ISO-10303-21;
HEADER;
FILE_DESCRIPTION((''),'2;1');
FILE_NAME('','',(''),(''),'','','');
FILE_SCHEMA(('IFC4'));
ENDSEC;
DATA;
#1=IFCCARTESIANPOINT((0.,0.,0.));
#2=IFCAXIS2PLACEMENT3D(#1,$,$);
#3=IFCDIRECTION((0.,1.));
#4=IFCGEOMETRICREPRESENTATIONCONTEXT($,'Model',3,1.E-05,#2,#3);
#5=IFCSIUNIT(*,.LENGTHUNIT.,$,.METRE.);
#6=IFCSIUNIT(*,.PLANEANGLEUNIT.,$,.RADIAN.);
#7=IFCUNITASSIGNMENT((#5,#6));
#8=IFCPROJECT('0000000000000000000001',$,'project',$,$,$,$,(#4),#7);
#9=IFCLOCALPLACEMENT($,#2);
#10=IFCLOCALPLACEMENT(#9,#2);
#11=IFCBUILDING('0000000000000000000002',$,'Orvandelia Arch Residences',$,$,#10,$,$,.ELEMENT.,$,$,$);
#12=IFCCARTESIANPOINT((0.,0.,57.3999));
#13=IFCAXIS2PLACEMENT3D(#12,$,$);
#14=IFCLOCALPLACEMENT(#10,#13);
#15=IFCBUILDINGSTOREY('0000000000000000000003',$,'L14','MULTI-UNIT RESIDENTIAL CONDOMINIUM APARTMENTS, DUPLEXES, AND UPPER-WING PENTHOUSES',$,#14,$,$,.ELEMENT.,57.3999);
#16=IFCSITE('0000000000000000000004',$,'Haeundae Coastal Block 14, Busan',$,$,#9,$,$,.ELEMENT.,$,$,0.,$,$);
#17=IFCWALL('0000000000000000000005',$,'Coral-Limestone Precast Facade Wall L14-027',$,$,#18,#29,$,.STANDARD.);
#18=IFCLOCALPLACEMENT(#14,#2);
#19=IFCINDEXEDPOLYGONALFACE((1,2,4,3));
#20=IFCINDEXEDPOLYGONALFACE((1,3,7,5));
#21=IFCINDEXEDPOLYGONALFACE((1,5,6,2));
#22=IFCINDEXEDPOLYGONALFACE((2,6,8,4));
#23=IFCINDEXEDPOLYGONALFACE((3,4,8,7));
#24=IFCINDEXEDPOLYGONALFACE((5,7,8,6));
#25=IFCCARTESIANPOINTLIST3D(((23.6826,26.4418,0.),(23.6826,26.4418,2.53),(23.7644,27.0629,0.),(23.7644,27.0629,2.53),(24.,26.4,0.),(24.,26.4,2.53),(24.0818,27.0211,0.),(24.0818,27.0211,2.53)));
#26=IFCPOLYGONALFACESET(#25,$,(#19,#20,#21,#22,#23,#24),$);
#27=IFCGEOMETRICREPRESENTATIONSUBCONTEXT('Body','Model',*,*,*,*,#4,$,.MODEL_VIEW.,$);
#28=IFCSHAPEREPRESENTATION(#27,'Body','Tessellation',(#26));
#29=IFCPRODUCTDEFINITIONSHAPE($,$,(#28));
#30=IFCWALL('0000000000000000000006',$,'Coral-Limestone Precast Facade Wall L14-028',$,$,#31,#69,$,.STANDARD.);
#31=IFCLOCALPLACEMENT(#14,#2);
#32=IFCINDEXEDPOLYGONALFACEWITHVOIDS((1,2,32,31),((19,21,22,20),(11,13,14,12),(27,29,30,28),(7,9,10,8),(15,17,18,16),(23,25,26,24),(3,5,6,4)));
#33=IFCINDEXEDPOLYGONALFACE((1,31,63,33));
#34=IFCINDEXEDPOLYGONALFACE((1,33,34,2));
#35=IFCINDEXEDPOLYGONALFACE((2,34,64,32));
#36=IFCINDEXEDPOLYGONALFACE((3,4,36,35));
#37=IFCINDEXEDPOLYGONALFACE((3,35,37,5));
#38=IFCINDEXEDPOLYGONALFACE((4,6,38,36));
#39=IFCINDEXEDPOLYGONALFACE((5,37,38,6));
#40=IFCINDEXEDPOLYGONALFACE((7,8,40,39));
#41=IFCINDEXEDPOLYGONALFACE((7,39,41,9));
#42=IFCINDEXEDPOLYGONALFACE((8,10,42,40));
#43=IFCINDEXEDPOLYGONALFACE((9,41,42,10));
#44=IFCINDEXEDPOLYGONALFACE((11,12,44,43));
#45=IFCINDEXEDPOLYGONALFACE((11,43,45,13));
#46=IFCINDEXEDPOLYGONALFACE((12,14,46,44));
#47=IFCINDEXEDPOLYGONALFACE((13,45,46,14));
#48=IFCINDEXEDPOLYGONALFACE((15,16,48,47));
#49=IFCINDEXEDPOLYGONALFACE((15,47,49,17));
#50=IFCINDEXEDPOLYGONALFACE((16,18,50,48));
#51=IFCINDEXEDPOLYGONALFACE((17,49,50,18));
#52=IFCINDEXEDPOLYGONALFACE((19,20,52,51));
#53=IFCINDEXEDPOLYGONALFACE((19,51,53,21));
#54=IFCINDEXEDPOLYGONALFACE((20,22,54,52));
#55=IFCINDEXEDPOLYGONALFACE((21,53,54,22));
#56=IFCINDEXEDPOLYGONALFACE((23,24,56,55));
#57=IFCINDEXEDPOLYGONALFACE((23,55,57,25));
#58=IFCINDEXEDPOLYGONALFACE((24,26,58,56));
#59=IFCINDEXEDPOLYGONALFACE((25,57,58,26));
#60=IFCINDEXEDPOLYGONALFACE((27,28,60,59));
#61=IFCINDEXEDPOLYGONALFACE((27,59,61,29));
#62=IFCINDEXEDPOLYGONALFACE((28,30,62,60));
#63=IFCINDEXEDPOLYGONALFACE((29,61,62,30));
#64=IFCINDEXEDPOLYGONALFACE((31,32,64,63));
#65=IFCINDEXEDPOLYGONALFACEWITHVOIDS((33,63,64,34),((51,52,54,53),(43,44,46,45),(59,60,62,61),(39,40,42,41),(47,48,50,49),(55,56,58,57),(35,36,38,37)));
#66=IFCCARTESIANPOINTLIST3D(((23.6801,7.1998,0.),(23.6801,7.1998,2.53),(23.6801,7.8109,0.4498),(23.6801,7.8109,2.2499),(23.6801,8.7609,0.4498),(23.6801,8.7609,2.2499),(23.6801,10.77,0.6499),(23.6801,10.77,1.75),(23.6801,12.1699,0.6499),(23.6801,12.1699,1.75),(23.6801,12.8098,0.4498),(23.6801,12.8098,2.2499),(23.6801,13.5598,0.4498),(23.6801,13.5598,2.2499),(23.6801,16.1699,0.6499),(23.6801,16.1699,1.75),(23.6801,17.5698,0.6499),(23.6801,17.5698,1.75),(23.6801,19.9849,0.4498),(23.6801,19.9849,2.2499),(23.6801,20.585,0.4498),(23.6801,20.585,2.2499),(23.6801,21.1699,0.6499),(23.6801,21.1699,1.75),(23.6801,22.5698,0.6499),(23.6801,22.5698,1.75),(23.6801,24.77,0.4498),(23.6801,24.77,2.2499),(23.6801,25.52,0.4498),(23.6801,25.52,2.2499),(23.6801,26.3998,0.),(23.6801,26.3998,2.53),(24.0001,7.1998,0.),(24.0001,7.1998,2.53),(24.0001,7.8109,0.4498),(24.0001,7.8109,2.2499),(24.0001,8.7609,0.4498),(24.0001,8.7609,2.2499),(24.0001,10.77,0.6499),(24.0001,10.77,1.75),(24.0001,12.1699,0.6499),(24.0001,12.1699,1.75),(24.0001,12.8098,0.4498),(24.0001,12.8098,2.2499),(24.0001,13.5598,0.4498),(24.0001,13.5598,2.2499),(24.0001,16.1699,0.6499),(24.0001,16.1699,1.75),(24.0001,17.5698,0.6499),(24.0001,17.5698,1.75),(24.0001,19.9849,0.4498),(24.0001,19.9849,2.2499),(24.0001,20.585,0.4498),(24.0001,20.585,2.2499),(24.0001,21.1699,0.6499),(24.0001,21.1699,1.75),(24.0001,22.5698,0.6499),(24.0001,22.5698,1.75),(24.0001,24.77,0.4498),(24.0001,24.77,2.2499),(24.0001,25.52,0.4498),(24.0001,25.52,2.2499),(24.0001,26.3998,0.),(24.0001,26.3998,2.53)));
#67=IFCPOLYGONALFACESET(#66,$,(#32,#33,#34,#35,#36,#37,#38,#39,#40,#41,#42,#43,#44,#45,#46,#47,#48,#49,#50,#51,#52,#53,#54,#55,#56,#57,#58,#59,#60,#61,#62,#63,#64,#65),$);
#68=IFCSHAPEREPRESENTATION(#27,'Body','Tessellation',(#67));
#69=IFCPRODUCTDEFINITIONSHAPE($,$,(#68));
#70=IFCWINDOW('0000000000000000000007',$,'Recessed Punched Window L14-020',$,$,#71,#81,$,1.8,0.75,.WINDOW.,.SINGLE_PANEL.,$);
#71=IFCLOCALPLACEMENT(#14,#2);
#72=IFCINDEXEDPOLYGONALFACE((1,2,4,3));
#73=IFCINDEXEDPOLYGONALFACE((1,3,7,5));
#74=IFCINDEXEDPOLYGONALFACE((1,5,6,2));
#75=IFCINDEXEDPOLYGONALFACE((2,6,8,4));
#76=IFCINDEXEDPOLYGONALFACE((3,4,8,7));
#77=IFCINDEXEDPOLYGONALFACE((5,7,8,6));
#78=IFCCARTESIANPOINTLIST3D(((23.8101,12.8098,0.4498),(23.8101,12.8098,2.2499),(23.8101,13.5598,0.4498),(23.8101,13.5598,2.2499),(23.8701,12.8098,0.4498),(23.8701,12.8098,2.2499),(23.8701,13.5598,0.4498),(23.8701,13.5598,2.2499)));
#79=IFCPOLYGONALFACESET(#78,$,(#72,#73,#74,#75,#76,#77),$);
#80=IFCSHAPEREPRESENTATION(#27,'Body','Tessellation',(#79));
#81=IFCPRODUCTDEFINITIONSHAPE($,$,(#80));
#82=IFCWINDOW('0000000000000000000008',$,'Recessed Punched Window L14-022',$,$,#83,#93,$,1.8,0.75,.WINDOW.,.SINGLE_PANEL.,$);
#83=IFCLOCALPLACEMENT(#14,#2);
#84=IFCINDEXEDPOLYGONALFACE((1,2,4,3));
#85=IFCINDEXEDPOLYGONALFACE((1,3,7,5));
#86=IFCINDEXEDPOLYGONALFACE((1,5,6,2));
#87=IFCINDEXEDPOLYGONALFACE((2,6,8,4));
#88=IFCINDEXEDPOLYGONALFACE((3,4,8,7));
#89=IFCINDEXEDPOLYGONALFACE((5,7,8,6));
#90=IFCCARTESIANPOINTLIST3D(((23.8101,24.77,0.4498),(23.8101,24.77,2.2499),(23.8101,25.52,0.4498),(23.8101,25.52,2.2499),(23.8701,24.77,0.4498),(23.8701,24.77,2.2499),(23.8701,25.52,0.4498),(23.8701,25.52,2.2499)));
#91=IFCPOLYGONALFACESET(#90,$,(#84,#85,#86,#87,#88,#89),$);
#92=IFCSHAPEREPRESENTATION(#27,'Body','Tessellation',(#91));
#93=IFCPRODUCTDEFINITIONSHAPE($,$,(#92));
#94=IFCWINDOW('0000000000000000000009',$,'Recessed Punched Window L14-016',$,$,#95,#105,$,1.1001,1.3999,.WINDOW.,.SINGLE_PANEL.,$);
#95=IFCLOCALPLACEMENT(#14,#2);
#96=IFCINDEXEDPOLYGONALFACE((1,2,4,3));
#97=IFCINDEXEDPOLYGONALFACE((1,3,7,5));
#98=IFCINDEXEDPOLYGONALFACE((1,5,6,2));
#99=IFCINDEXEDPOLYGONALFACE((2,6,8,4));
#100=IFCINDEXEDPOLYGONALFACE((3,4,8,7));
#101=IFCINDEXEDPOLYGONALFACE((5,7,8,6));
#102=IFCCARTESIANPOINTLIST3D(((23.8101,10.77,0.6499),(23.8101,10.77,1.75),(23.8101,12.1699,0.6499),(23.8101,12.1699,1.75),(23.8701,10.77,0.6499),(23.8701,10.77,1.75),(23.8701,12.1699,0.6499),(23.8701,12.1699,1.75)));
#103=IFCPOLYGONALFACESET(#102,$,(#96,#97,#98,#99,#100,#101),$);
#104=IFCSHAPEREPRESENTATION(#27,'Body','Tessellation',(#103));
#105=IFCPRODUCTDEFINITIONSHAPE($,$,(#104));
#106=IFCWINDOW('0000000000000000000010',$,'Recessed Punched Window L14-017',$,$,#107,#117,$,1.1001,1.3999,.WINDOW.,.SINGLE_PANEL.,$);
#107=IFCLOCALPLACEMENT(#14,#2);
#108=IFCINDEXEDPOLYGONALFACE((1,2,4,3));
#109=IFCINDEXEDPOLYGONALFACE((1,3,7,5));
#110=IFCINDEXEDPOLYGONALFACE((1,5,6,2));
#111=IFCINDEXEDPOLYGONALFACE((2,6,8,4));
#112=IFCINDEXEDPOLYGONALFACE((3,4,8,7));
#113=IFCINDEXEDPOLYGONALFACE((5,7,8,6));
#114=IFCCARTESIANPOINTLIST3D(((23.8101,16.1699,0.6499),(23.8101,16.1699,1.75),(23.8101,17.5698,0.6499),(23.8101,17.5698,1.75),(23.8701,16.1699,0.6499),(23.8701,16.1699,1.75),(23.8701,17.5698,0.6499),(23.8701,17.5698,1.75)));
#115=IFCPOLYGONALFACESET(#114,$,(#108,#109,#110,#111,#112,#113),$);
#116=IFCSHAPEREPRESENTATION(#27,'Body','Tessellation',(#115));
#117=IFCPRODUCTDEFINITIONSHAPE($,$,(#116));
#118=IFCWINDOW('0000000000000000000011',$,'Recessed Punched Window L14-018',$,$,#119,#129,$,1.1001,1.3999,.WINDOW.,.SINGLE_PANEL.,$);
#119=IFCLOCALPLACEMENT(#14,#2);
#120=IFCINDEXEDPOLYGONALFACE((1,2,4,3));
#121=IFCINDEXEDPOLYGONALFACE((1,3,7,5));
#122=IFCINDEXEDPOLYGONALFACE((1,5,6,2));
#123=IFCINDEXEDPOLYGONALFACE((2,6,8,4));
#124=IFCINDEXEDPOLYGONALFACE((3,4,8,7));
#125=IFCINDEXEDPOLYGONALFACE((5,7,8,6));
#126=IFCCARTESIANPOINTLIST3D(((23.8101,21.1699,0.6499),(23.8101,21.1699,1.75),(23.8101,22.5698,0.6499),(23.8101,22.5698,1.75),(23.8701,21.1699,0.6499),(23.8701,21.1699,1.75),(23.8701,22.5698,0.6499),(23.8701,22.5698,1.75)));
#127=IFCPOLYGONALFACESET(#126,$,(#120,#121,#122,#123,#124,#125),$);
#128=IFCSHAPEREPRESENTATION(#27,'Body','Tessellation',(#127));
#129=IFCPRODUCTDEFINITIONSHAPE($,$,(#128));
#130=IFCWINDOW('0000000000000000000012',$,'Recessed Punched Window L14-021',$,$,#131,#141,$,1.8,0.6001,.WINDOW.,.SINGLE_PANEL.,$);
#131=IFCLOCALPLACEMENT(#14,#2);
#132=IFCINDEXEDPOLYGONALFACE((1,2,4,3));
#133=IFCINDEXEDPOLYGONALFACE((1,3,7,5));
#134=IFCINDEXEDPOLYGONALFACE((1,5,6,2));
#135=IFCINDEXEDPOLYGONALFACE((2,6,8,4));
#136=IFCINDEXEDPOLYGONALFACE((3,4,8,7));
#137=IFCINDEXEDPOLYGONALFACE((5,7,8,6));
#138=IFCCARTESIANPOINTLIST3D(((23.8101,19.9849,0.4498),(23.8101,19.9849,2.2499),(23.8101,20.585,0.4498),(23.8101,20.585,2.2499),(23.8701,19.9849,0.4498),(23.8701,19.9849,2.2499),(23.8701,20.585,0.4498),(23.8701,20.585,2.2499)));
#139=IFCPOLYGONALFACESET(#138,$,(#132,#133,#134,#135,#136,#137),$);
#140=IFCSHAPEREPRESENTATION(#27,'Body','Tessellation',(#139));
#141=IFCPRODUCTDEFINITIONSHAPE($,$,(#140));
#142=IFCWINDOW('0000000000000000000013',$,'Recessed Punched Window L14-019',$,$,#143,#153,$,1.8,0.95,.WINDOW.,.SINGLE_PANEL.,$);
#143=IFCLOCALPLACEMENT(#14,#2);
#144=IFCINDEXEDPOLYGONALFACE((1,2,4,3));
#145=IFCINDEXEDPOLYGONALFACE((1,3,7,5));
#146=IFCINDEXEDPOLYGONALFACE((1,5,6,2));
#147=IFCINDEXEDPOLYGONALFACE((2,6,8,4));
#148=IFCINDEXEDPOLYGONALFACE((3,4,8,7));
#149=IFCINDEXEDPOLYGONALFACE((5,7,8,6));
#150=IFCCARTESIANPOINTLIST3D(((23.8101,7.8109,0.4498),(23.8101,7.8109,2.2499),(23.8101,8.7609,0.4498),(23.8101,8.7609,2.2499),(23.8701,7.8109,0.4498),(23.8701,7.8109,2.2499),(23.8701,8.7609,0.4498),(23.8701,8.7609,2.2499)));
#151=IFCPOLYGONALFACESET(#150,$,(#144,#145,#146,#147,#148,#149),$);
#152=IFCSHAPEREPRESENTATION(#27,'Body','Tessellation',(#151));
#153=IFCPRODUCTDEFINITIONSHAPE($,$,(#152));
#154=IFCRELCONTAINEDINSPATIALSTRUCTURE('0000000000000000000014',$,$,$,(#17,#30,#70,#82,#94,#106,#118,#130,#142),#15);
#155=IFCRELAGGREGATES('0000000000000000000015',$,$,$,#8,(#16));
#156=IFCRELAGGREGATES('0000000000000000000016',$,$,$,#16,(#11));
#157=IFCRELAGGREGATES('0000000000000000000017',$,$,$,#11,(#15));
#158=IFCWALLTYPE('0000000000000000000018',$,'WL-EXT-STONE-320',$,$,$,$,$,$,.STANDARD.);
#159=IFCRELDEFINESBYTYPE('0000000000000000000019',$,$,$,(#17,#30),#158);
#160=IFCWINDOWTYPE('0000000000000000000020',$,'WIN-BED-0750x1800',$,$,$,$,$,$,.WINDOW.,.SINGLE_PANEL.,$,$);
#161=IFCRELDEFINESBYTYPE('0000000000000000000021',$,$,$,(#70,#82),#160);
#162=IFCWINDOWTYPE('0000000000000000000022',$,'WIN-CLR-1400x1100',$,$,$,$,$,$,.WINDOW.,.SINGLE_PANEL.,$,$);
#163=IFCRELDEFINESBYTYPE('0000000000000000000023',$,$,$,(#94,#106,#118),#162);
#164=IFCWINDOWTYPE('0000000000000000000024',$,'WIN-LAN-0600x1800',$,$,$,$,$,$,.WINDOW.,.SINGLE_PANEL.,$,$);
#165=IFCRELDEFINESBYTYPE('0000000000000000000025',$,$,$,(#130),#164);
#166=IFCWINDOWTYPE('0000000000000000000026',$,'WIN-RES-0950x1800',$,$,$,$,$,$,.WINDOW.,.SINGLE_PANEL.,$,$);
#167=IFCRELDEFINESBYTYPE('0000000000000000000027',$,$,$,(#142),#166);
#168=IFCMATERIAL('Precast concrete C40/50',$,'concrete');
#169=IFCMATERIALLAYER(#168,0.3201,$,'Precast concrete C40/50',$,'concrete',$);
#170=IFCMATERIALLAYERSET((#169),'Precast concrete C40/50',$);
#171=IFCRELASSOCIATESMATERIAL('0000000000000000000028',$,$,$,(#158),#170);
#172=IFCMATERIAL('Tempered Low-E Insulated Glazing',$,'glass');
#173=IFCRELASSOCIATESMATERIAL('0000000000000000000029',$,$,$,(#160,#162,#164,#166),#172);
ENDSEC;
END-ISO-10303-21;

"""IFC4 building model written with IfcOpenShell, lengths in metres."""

from ifc_helpers import new_model, si_unit, direction, frame, frame_2d, origin, place, context, subcontext, project, spatial, rectangle, extrude, material, layer, layer_set, type_object, element, fill, save


model = new_model("IFC4")

# Units and contexts
model_context = context("Model", 3, precision=1e-05, world=origin(), true_north=direction((0.0, 1.0)))
body_context = subcontext(model_context, "Body", "Model", "MODEL_VIEW")
ifc_project = project(units=[si_unit("LENGTHUNIT", "METRE"), si_unit("PLANEANGLEUNIT", "RADIAN")], contexts=[model_context])

# Site, building, storey
site_placement = place(None, origin())
site = spatial("IfcSite", under=ifc_project, at=site_placement, Name="Haeundae Coastal Block 14, Busan", CompositionType="ELEMENT", RefElevation=0.0)
building_placement = place(site_placement, origin())
building = spatial("IfcBuilding", under=site, at=building_placement, Name="Orvandelia Arch Residences", CompositionType="ELEMENT")
storey_placement = place(building_placement, frame((0.0, 0.0, 57.3999)))
storey = spatial("IfcBuildingStorey", under=building, at=storey_placement, Name="L14", Description="MULTI-UNIT RESIDENTIAL CONDOMINIUM APARTMENTS, DUPLEXES, AND UPPER-WING PENTHOUSES", CompositionType="ELEMENT", Elevation=57.3999)

# Wall
ifc_material_1 = material(Name="Precast concrete C40/50", Category="concrete")
ifc_layer_1 = layer(ifc_material_1, 0.3201, Name="Precast concrete C40/50", Category="concrete")
ifc_layer_set_1 = layer_set([ifc_layer_1], Name="Precast concrete C40/50")
wall_type_1 = type_object("IfcWallType", Name="WL-EXT-STONE-320", PredefinedType="STANDARD", material=ifc_layer_set_1)
wall_1_placement = place(storey_placement, frame((23.9231, 27.042, 0.0), z_axis=(0.0, 0.0, 1.0), x_axis=(-0.130555, -0.991441, 0.0)))
element("IfcWall", 1, at=wall_1_placement, inside=storey, type_object=wall_type_1, Name="Coral-Limestone Precast Facade Wall L14-027", PredefinedType="STANDARD", context=body_context, shape_type="SweptSolid", body=[
    extrude(rectangle(XDim=0.6265, YDim=0.3201, at=frame_2d((0.3132, 0.0))), origin(), (0.0, 0.0, 1.0), 2.53),
])

# Wall, openings, windows
wall_2_placement = place(storey_placement, frame((23.8401, 26.3999, 0.0), z_axis=(0.0, 0.0, 1.0), x_axis=(0.0, -1.0, 0.0)))
wall_2 = element("IfcWall", 2, at=wall_2_placement, inside=storey, type_object=wall_type_1, Name="Coral-Limestone Precast Facade Wall L14-028", PredefinedType="STANDARD", context=body_context, shape_type="SweptSolid", body=[
    extrude(rectangle(XDim=19.2, YDim=0.3201, at=frame_2d((9.6001, 0.0))), origin(), (0.0, 0.0, 1.0), 2.53),
])
opening_1_placement = place(wall_2_placement, frame((14.23, 0.0, 0.6499)))
opening_1 = element("IfcOpeningElement", 3, at=opening_1_placement, cuts=wall_2, PredefinedType="OPENING", context=body_context, shape_type="SweptSolid", body=[
    extrude(rectangle(XDim=1.3999, YDim=1.1001, at=frame_2d((0.7, 0.55))), frame((0.0, 0.1699, 0.0), z_axis=(0.0, -1.0, 0.0), x_axis=(1.0, 0.0, 0.0)), (0.0, 0.0, 1.0), 0.3401),
])
opening_2_placement = place(wall_2_placement, frame((8.8301, 0.0, 0.6499)))
opening_2 = element("IfcOpeningElement", 4, at=opening_2_placement, cuts=wall_2, PredefinedType="OPENING", context=body_context, shape_type="SweptSolid", body=[
    extrude(rectangle(XDim=1.3999, YDim=1.1001, at=frame_2d((0.7, 0.55))), frame((0.0, 0.1699, 0.0), z_axis=(0.0, -1.0, 0.0), x_axis=(1.0, 0.0, 0.0)), (0.0, 0.0, 1.0), 0.3401),
])
opening_3_placement = place(wall_2_placement, frame((3.8301, 0.0, 0.6499)))
opening_3 = element("IfcOpeningElement", 5, at=opening_3_placement, cuts=wall_2, PredefinedType="OPENING", context=body_context, shape_type="SweptSolid", body=[
    extrude(rectangle(XDim=1.3999, YDim=1.1001, at=frame_2d((0.7, 0.55))), frame((0.0, 0.1699, 0.0), z_axis=(0.0, -1.0, 0.0), x_axis=(1.0, 0.0, 0.0)), (0.0, 0.0, 1.0), 0.3401),
])
opening_4_placement = place(wall_2_placement, frame((17.6389, 0.0, 0.45)))
opening_4 = element("IfcOpeningElement", 6, at=opening_4_placement, cuts=wall_2, PredefinedType="OPENING", context=body_context, shape_type="SweptSolid", body=[
    extrude(rectangle(XDim=0.95, YDim=1.8, at=frame_2d((0.4751, 0.8999))), frame((0.0, 0.1699, 0.0), z_axis=(0.0, -1.0, 0.0), x_axis=(1.0, 0.0, 0.0)), (0.0, 0.0, 1.0), 0.3401),
])
opening_5_placement = place(wall_2_placement, frame((12.8401, 0.0, 0.45)))
opening_5 = element("IfcOpeningElement", 7, at=opening_5_placement, cuts=wall_2, PredefinedType="OPENING", context=body_context, shape_type="SweptSolid", body=[
    extrude(rectangle(XDim=0.75, YDim=1.8, at=frame_2d((0.375, 0.8999))), frame((0.0, 0.1699, 0.0), z_axis=(0.0, -1.0, 0.0), x_axis=(1.0, 0.0, 0.0)), (0.0, 0.0, 1.0), 0.3401),
])
opening_6_placement = place(wall_2_placement, frame((5.8149, 0.0, 0.45)))
opening_6 = element("IfcOpeningElement", 8, at=opening_6_placement, cuts=wall_2, PredefinedType="OPENING", context=body_context, shape_type="SweptSolid", body=[
    extrude(rectangle(XDim=0.6001, YDim=1.8, at=frame_2d((0.3, 0.8999))), frame((0.0, 0.1699, 0.0), z_axis=(0.0, -1.0, 0.0), x_axis=(1.0, 0.0, 0.0)), (0.0, 0.0, 1.0), 0.3401),
])
opening_7_placement = place(wall_2_placement, frame((0.8799, 0.0, 0.45)))
opening_7 = element("IfcOpeningElement", 9, at=opening_7_placement, cuts=wall_2, PredefinedType="OPENING", context=body_context, shape_type="SweptSolid", body=[
    extrude(rectangle(XDim=0.75, YDim=1.8, at=frame_2d((0.375, 0.8999))), frame((0.0, 0.1699, 0.0), z_axis=(0.0, -1.0, 0.0), x_axis=(1.0, 0.0, 0.0)), (0.0, 0.0, 1.0), 0.3401),
])
ifc_material_2 = material(Name="Tempered Low-E Insulated Glazing", Category="glass")
window_type_1 = type_object("IfcWindowType", Name="WIN-BED-0750x1800", PartitioningType="SINGLE_PANEL", PredefinedType="WINDOW", material=ifc_material_2)
window_1_placement = place(opening_5_placement, origin())
window_1 = element("IfcWindow", 10, at=window_1_placement, inside=storey, type_object=window_type_1, Name="Recessed Punched Window L14-020", OverallHeight=1.8, OverallWidth=0.75, PartitioningType="SINGLE_PANEL", PredefinedType="WINDOW", context=body_context, shape_type="SweptSolid", body=[
    extrude(rectangle(XDim=0.75, YDim=1.8, at=frame_2d((0.375, 0.8999))), frame((0.0, 0.03, 0.0), z_axis=(0.0, -1.0, 0.0), x_axis=(1.0, 0.0, 0.0)), (0.0, 0.0, 1.0), 0.0601),
])
fill(opening_5, window_1)
window_2_placement = place(opening_7_placement, origin())
window_2 = element("IfcWindow", 11, at=window_2_placement, inside=storey, type_object=window_type_1, Name="Recessed Punched Window L14-022", OverallHeight=1.8, OverallWidth=0.75, PartitioningType="SINGLE_PANEL", PredefinedType="WINDOW", context=body_context, shape_type="SweptSolid", body=[
    extrude(rectangle(XDim=0.75, YDim=1.8, at=frame_2d((0.375, 0.8999))), frame((0.0, 0.03, 0.0), z_axis=(0.0, -1.0, 0.0), x_axis=(1.0, 0.0, 0.0)), (0.0, 0.0, 1.0), 0.0601),
])
fill(opening_7, window_2)
window_type_2 = type_object("IfcWindowType", Name="WIN-CLR-1400x1100", PartitioningType="SINGLE_PANEL", PredefinedType="WINDOW", material=ifc_material_2)
window_3_placement = place(opening_1_placement, origin())
window_3 = element("IfcWindow", 12, at=window_3_placement, inside=storey, type_object=window_type_2, Name="Recessed Punched Window L14-016", OverallHeight=1.1001, OverallWidth=1.3999, PartitioningType="SINGLE_PANEL", PredefinedType="WINDOW", context=body_context, shape_type="SweptSolid", body=[
    extrude(rectangle(XDim=1.3999, YDim=1.1001, at=frame_2d((0.7, 0.55))), frame((0.0, 0.03, 0.0), z_axis=(0.0, -1.0, 0.0), x_axis=(1.0, 0.0, 0.0)), (0.0, 0.0, 1.0), 0.0601),
])
fill(opening_1, window_3)
window_4_placement = place(opening_2_placement, origin())
window_4 = element("IfcWindow", 13, at=window_4_placement, inside=storey, type_object=window_type_2, Name="Recessed Punched Window L14-017", OverallHeight=1.1001, OverallWidth=1.3999, PartitioningType="SINGLE_PANEL", PredefinedType="WINDOW", context=body_context, shape_type="SweptSolid", body=[
    extrude(rectangle(XDim=1.3999, YDim=1.1001, at=frame_2d((0.7, 0.55))), frame((0.0, 0.03, 0.0), z_axis=(0.0, -1.0, 0.0), x_axis=(1.0, 0.0, 0.0)), (0.0, 0.0, 1.0), 0.0601),
])
fill(opening_2, window_4)
window_5_placement = place(opening_3_placement, origin())
window_5 = element("IfcWindow", 14, at=window_5_placement, inside=storey, type_object=window_type_2, Name="Recessed Punched Window L14-018", OverallHeight=1.1001, OverallWidth=1.3999, PartitioningType="SINGLE_PANEL", PredefinedType="WINDOW", context=body_context, shape_type="SweptSolid", body=[
    extrude(rectangle(XDim=1.3999, YDim=1.1001, at=frame_2d((0.7, 0.55))), frame((0.0, 0.03, 0.0), z_axis=(0.0, -1.0, 0.0), x_axis=(1.0, 0.0, 0.0)), (0.0, 0.0, 1.0), 0.0601),
])
fill(opening_3, window_5)
window_type_3 = type_object("IfcWindowType", Name="WIN-LAN-0600x1800", PartitioningType="SINGLE_PANEL", PredefinedType="WINDOW", material=ifc_material_2)
window_6_placement = place(opening_6_placement, origin())
window_6 = element("IfcWindow", 15, at=window_6_placement, inside=storey, type_object=window_type_3, Name="Recessed Punched Window L14-021", OverallHeight=1.8, OverallWidth=0.6001, PartitioningType="SINGLE_PANEL", PredefinedType="WINDOW", context=body_context, shape_type="SweptSolid", body=[
    extrude(rectangle(XDim=0.6001, YDim=1.8, at=frame_2d((0.3, 0.8999))), frame((0.0, 0.03, 0.0), z_axis=(0.0, -1.0, 0.0), x_axis=(1.0, 0.0, 0.0)), (0.0, 0.0, 1.0), 0.0601),
])
fill(opening_6, window_6)
window_type_4 = type_object("IfcWindowType", Name="WIN-RES-0950x1800", PartitioningType="SINGLE_PANEL", PredefinedType="WINDOW", material=ifc_material_2)
window_7_placement = place(opening_4_placement, origin())
window_7 = element("IfcWindow", 16, at=window_7_placement, inside=storey, type_object=window_type_4, Name="Recessed Punched Window L14-019", OverallHeight=1.8, OverallWidth=0.95, PartitioningType="SINGLE_PANEL", PredefinedType="WINDOW", context=body_context, shape_type="SweptSolid", body=[
    extrude(rectangle(XDim=0.95, YDim=1.8, at=frame_2d((0.4751, 0.8999))), frame((0.0, 0.03, 0.0), z_axis=(0.0, -1.0, 0.0), x_axis=(1.0, 0.0, 0.0)), (0.0, 0.0, 1.0), 0.0601),
])
fill(opening_4, window_7)

save(model, "model.ifc")
